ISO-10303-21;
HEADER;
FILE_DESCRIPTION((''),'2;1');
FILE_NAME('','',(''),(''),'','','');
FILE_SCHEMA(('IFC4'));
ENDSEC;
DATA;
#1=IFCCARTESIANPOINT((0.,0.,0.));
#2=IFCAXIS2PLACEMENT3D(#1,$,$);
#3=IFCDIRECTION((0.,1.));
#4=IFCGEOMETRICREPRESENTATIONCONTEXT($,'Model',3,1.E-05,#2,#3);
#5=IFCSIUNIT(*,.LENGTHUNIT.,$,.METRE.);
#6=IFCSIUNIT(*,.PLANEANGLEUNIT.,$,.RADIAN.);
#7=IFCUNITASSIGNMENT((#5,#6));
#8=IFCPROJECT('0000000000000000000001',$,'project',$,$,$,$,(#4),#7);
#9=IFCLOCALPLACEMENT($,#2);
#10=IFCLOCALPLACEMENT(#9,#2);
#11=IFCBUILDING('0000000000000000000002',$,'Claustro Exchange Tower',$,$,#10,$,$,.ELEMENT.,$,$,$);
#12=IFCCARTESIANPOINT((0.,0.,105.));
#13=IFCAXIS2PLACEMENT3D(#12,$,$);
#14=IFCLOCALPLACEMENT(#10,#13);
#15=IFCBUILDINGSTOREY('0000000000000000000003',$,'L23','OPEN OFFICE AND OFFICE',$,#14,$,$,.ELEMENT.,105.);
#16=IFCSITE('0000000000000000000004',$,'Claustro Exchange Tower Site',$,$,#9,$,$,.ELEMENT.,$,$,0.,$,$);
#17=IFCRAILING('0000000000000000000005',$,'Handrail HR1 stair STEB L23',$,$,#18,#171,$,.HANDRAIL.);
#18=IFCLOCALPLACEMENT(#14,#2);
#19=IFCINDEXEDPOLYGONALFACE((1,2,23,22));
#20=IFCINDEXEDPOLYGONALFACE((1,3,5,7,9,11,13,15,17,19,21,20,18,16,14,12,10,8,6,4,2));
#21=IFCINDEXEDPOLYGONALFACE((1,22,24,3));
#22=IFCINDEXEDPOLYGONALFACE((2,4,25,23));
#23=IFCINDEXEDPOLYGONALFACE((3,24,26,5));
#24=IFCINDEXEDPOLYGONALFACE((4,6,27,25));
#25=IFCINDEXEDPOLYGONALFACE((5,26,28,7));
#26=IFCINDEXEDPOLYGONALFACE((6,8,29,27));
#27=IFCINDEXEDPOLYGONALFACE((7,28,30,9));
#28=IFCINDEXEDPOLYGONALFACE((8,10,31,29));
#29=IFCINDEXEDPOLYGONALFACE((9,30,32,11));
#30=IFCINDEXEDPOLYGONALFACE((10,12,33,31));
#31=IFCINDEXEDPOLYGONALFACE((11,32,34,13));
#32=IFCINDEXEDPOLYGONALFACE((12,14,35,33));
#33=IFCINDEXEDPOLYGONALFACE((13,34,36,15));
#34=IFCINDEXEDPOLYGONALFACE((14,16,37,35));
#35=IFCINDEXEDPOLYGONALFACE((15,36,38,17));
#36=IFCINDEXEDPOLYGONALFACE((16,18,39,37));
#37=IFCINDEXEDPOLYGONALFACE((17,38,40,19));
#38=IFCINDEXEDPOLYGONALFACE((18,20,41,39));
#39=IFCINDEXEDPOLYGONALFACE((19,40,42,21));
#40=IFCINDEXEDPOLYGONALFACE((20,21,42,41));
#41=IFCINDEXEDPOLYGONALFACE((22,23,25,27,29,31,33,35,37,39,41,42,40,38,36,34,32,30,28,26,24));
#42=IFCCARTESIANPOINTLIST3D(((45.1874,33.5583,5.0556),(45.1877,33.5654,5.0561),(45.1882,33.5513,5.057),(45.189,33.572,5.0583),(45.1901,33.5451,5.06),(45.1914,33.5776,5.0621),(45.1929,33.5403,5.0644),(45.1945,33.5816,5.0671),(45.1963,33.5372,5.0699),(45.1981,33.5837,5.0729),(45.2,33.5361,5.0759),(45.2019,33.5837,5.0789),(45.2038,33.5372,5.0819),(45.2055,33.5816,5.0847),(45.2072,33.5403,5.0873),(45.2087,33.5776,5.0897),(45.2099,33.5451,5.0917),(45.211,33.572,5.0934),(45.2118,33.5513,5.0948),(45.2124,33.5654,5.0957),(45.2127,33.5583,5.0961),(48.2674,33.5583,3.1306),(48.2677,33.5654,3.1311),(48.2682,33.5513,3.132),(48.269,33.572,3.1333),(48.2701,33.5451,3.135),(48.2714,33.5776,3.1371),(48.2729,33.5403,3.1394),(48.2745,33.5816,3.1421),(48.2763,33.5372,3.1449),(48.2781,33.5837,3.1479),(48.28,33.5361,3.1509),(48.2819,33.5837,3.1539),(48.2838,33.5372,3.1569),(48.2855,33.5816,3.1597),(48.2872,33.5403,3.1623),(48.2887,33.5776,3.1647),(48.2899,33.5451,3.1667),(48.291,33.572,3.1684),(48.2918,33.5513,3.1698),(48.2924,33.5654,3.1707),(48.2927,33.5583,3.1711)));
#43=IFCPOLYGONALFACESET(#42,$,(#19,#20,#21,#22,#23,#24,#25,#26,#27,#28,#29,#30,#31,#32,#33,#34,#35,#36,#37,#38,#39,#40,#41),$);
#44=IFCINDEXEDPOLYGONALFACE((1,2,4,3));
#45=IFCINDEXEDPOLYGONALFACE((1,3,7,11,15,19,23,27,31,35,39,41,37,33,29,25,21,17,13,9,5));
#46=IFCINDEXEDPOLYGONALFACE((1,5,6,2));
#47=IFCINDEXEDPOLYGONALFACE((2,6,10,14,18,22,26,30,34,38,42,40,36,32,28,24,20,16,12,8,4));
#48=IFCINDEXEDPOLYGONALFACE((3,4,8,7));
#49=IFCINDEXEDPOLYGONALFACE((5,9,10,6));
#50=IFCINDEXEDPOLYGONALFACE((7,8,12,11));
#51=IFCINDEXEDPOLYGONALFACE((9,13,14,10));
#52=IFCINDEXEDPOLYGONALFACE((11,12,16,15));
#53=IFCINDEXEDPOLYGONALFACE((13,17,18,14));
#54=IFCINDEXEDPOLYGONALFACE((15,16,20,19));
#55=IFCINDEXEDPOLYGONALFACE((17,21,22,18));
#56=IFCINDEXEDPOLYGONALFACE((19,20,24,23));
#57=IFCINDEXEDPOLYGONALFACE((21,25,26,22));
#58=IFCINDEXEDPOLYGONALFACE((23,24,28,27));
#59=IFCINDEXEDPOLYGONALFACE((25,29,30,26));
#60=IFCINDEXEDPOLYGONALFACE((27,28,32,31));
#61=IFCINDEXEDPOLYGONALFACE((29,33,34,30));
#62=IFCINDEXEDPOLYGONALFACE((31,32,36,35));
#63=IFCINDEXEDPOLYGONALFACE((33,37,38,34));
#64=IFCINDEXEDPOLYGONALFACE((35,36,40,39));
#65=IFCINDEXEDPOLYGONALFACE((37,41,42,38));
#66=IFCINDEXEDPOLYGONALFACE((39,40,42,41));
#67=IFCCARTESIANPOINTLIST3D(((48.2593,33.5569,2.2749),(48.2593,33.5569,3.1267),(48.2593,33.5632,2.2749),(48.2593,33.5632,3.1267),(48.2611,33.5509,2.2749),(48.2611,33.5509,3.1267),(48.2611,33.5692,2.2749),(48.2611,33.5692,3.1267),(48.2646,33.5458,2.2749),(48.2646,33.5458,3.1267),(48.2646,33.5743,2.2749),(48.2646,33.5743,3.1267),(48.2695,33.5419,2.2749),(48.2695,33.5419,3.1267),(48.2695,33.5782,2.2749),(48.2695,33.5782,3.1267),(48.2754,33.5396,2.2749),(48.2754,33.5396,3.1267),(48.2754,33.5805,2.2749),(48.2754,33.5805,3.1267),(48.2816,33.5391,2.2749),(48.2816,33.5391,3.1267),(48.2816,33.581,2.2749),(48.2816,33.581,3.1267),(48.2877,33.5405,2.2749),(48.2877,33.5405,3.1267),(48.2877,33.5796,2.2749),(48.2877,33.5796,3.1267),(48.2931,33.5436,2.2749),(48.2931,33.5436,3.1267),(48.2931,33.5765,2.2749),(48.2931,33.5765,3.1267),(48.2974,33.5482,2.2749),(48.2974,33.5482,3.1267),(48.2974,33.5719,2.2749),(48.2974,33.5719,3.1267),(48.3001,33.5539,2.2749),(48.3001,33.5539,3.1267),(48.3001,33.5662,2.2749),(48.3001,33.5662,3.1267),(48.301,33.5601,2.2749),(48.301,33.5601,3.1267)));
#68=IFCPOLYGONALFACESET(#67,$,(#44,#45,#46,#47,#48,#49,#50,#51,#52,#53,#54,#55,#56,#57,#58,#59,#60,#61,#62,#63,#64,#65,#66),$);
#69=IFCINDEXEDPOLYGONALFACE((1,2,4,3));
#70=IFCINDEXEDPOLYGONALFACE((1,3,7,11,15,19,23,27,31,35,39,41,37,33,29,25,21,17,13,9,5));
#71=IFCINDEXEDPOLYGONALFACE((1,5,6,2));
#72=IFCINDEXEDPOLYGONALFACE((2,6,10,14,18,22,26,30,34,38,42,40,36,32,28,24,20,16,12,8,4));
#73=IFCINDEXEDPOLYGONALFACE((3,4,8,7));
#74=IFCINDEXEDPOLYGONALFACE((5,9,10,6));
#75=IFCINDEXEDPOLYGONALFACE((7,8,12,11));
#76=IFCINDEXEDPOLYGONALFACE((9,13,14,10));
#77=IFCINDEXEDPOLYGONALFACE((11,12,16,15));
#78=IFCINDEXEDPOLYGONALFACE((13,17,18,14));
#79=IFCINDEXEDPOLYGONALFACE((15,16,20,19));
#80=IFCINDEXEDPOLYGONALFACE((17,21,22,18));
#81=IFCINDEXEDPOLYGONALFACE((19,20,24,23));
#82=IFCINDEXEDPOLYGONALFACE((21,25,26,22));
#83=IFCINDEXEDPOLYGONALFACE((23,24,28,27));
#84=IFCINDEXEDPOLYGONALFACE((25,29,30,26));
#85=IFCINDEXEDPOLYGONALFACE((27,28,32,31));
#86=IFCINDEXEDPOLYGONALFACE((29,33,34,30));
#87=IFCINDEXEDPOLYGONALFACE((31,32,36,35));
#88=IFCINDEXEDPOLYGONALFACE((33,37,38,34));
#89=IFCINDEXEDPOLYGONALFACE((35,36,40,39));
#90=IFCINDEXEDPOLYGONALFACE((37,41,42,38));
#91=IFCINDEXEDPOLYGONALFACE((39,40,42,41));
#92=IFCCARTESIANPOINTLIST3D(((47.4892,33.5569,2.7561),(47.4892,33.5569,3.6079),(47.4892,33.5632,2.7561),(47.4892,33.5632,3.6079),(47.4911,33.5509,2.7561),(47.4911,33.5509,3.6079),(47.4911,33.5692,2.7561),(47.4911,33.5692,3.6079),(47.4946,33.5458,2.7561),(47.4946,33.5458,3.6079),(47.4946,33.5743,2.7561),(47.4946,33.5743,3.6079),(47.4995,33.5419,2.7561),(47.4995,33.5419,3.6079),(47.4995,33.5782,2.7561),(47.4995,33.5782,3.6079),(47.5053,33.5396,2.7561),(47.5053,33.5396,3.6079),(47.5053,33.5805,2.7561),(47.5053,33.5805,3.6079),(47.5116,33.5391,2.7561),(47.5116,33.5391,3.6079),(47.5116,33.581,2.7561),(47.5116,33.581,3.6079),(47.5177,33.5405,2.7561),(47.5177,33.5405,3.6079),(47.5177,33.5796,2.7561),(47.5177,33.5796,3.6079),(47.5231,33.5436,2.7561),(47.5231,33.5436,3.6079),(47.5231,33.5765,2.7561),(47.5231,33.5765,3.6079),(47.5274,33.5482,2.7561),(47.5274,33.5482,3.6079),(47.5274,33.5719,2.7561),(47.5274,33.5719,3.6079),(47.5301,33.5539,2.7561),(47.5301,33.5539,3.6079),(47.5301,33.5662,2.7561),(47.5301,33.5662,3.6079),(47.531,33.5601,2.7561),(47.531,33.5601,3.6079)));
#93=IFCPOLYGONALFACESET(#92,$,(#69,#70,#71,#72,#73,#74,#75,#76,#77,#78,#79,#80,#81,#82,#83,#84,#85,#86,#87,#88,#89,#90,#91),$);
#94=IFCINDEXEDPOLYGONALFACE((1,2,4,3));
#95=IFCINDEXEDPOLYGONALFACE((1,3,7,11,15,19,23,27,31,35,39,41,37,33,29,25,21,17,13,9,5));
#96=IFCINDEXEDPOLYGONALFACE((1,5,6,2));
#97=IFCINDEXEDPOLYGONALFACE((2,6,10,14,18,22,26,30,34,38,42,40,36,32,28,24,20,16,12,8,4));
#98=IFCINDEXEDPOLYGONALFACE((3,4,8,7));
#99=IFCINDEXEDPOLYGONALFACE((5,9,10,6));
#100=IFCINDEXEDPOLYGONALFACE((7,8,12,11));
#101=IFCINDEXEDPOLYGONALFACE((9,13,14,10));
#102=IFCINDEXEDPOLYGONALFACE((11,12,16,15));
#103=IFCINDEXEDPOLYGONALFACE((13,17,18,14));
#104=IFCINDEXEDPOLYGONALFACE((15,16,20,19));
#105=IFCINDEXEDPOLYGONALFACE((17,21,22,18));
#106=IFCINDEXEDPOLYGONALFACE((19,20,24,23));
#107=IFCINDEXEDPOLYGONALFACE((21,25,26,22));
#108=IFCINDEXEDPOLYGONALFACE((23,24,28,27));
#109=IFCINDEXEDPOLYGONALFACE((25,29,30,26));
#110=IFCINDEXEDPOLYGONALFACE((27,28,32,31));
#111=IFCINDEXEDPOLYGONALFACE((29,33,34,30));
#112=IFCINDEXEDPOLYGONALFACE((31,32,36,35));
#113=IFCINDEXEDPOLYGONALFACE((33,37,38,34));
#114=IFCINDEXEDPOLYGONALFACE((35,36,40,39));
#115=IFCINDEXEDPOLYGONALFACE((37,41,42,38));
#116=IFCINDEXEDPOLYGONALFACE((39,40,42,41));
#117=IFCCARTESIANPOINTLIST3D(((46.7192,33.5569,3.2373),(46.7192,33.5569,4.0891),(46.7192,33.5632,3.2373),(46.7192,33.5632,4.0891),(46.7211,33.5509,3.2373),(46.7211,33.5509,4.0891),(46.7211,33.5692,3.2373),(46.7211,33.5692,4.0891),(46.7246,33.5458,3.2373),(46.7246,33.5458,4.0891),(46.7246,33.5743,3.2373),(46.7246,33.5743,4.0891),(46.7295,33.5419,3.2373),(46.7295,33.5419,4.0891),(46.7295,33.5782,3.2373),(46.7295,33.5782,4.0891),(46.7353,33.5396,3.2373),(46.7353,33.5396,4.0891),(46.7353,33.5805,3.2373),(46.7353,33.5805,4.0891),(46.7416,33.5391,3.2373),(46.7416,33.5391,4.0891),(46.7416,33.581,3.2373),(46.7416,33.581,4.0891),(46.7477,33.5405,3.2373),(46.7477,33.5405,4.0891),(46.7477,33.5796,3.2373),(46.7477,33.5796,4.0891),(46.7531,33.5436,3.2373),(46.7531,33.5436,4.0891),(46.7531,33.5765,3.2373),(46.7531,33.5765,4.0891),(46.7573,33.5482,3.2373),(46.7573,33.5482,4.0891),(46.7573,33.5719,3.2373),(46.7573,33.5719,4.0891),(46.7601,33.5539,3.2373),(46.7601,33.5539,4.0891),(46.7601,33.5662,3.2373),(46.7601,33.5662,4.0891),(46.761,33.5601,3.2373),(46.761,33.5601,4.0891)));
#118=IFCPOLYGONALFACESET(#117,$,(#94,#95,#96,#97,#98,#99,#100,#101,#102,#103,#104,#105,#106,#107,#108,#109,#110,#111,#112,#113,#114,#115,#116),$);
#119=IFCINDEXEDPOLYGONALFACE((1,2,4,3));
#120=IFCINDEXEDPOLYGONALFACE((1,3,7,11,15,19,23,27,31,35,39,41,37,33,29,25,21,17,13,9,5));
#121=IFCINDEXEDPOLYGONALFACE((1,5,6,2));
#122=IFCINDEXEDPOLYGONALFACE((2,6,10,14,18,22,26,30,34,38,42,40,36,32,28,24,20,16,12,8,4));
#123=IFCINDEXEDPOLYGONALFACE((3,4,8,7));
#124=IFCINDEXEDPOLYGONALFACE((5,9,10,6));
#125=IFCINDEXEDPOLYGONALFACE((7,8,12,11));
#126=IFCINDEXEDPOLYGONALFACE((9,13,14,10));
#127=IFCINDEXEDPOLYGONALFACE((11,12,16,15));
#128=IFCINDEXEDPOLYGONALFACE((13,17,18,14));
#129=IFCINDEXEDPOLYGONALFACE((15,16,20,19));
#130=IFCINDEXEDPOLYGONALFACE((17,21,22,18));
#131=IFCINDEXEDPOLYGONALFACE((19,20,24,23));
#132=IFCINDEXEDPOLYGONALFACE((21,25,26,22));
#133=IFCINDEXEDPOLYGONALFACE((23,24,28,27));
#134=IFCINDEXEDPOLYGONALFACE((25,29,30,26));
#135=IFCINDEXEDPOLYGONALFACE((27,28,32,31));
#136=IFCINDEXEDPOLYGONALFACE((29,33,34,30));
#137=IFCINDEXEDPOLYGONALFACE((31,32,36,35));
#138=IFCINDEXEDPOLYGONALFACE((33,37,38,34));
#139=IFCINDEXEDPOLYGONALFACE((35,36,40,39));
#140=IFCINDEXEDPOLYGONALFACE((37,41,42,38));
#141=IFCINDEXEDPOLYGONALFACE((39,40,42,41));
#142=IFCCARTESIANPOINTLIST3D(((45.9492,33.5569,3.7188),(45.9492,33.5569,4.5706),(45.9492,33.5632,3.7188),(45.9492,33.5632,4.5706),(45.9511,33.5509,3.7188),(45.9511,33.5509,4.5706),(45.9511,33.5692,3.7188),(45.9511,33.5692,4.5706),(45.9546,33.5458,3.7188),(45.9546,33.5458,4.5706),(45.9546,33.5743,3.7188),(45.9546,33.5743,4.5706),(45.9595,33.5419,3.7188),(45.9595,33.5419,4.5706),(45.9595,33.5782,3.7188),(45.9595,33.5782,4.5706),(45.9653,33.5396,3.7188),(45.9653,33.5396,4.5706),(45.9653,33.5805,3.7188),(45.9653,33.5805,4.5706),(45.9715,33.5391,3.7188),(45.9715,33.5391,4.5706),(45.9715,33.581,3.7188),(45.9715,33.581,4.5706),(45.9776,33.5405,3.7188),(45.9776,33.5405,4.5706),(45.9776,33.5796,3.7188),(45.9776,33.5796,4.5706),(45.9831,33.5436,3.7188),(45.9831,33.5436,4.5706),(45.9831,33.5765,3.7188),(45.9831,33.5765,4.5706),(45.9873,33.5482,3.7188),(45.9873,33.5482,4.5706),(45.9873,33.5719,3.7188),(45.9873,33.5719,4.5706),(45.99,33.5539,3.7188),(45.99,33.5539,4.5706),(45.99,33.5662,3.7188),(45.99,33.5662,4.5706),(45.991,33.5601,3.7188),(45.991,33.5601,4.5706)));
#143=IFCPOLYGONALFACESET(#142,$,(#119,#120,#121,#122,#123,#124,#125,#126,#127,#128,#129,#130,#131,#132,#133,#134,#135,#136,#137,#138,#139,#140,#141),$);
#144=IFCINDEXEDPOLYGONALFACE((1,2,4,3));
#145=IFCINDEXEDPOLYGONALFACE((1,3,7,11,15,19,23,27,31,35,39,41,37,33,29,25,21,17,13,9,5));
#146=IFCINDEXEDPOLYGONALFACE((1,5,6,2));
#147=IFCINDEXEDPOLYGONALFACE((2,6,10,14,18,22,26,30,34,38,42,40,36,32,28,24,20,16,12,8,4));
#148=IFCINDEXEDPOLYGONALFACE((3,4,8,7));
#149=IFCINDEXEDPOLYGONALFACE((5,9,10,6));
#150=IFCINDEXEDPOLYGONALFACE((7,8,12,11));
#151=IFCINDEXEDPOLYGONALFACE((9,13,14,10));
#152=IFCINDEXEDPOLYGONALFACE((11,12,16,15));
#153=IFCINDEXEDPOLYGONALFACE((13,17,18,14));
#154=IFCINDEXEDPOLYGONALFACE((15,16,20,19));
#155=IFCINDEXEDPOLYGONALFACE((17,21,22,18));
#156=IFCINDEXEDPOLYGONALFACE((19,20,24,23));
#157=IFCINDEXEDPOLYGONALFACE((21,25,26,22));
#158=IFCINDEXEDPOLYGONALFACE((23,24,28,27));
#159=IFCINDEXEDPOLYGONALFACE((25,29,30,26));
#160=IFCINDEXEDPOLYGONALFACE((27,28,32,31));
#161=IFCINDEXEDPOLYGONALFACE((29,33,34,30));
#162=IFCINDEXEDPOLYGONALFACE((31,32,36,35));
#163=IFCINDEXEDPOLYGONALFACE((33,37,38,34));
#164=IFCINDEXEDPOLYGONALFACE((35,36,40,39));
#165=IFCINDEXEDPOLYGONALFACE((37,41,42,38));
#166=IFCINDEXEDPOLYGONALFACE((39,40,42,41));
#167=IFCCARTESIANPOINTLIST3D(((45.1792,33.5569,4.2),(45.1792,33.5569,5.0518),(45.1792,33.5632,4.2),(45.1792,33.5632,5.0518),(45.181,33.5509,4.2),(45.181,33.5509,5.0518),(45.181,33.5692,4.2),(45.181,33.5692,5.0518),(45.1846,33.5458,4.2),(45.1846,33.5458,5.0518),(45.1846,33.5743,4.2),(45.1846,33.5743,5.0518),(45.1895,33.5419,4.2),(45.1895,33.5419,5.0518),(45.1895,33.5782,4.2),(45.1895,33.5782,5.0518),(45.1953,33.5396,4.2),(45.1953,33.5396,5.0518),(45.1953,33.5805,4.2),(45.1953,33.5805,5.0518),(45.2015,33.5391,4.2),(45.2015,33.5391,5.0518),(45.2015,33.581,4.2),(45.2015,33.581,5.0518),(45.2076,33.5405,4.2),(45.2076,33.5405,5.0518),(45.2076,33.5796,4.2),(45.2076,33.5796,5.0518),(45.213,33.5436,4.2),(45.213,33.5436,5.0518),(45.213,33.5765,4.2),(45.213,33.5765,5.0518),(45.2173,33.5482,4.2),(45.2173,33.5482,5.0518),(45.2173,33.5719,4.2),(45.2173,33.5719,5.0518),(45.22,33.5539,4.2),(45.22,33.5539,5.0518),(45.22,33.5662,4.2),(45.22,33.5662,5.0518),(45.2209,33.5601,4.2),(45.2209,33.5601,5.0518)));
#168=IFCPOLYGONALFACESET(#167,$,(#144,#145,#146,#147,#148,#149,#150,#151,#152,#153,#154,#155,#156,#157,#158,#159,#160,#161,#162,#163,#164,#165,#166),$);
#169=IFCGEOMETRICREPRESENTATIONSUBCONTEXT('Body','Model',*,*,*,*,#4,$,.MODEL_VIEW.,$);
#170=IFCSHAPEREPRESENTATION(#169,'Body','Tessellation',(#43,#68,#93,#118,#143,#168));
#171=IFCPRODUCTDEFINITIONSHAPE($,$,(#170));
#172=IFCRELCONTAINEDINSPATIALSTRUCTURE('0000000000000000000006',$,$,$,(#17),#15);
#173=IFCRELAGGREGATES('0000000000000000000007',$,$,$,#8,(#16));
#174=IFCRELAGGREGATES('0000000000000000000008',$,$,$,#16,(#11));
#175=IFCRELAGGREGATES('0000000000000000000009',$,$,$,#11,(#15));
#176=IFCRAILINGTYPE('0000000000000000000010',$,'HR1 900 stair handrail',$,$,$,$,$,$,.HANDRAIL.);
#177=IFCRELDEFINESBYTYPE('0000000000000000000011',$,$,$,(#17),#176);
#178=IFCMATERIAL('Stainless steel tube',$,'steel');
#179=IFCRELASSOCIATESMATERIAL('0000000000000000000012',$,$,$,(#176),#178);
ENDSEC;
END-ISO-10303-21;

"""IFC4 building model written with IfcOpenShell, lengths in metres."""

from ifc_helpers import new_model, si_unit, direction, frame, origin, origin_2d, place, context, subcontext, project, spatial, circle, extrude, material, type_object, element, save


model = new_model("IFC4")

# Units and contexts
model_context = context("Model", 3, precision=1e-05, world=origin(), true_north=direction((0.0, 1.0)))
body_context = subcontext(model_context, "Body", "Model", "MODEL_VIEW")
ifc_project = project(units=[si_unit("LENGTHUNIT", "METRE"), si_unit("PLANEANGLEUNIT", "RADIAN")], contexts=[model_context])

# Site, building, storey
site_placement = place(None, origin())
site = spatial("IfcSite", under=ifc_project, at=site_placement, Name="Claustro Exchange Tower Site", CompositionType="ELEMENT", RefElevation=0.0)
building_placement = place(site_placement, origin())
building = spatial("IfcBuilding", under=site, at=building_placement, Name="Claustro Exchange Tower", CompositionType="ELEMENT")
storey_placement = place(building_placement, frame((0.0, 0.0, 105.0)))
storey = spatial("IfcBuildingStorey", under=building, at=storey_placement, Name="L23", Description="OPEN OFFICE AND OFFICE", CompositionType="ELEMENT", Elevation=105.0)

# Railing
ifc_material_1 = material(Name="Stainless steel tube", Category="steel")
railing_type_1 = type_object("IfcRailingType", Name="HR1 900 stair handrail", PredefinedType="HANDRAIL", material=ifc_material_1)
railing_1_placement = place(storey_placement, frame((48.28, 33.5601, 2.2749)))
element("IfcRailing", 1, at=railing_1_placement, inside=storey, type_object=railing_type_1, Name="Handrail HR1 stair STEB L23", PredefinedType="HANDRAIL", context=body_context, shape_type="SweptSolid", body=[
    extrude(circle(Radius=0.0239, at=origin_2d()), frame((0.0, 0.0, 0.876), z_axis=(-0.847998, 0.0, 0.529999), x_axis=(0.0, -1.0, 0.0)), (0.0, 0.0, 1.0), 3.6321),
    extrude(circle(Radius=0.021, at=origin_2d()), origin(), (0.0, 0.0, 1.0), 0.8518),
    extrude(circle(Radius=0.021, at=origin_2d()), frame((-0.77, 0.0, 0.4812)), (0.0, 0.0, 1.0), 0.8518),
    extrude(circle(Radius=0.021, at=origin_2d()), frame((-1.54, 0.0, 0.9624)), (0.0, 0.0, 1.0), 0.8518),
    extrude(circle(Radius=0.021, at=origin_2d()), frame((-2.3101, 0.0, 1.4438)), (0.0, 0.0, 1.0), 0.8518),
    extrude(circle(Radius=0.021, at=origin_2d()), frame((-3.0801, 0.0, 1.925)), (0.0, 0.0, 1.0), 0.8518),
])

save(model, "model.ifc")
